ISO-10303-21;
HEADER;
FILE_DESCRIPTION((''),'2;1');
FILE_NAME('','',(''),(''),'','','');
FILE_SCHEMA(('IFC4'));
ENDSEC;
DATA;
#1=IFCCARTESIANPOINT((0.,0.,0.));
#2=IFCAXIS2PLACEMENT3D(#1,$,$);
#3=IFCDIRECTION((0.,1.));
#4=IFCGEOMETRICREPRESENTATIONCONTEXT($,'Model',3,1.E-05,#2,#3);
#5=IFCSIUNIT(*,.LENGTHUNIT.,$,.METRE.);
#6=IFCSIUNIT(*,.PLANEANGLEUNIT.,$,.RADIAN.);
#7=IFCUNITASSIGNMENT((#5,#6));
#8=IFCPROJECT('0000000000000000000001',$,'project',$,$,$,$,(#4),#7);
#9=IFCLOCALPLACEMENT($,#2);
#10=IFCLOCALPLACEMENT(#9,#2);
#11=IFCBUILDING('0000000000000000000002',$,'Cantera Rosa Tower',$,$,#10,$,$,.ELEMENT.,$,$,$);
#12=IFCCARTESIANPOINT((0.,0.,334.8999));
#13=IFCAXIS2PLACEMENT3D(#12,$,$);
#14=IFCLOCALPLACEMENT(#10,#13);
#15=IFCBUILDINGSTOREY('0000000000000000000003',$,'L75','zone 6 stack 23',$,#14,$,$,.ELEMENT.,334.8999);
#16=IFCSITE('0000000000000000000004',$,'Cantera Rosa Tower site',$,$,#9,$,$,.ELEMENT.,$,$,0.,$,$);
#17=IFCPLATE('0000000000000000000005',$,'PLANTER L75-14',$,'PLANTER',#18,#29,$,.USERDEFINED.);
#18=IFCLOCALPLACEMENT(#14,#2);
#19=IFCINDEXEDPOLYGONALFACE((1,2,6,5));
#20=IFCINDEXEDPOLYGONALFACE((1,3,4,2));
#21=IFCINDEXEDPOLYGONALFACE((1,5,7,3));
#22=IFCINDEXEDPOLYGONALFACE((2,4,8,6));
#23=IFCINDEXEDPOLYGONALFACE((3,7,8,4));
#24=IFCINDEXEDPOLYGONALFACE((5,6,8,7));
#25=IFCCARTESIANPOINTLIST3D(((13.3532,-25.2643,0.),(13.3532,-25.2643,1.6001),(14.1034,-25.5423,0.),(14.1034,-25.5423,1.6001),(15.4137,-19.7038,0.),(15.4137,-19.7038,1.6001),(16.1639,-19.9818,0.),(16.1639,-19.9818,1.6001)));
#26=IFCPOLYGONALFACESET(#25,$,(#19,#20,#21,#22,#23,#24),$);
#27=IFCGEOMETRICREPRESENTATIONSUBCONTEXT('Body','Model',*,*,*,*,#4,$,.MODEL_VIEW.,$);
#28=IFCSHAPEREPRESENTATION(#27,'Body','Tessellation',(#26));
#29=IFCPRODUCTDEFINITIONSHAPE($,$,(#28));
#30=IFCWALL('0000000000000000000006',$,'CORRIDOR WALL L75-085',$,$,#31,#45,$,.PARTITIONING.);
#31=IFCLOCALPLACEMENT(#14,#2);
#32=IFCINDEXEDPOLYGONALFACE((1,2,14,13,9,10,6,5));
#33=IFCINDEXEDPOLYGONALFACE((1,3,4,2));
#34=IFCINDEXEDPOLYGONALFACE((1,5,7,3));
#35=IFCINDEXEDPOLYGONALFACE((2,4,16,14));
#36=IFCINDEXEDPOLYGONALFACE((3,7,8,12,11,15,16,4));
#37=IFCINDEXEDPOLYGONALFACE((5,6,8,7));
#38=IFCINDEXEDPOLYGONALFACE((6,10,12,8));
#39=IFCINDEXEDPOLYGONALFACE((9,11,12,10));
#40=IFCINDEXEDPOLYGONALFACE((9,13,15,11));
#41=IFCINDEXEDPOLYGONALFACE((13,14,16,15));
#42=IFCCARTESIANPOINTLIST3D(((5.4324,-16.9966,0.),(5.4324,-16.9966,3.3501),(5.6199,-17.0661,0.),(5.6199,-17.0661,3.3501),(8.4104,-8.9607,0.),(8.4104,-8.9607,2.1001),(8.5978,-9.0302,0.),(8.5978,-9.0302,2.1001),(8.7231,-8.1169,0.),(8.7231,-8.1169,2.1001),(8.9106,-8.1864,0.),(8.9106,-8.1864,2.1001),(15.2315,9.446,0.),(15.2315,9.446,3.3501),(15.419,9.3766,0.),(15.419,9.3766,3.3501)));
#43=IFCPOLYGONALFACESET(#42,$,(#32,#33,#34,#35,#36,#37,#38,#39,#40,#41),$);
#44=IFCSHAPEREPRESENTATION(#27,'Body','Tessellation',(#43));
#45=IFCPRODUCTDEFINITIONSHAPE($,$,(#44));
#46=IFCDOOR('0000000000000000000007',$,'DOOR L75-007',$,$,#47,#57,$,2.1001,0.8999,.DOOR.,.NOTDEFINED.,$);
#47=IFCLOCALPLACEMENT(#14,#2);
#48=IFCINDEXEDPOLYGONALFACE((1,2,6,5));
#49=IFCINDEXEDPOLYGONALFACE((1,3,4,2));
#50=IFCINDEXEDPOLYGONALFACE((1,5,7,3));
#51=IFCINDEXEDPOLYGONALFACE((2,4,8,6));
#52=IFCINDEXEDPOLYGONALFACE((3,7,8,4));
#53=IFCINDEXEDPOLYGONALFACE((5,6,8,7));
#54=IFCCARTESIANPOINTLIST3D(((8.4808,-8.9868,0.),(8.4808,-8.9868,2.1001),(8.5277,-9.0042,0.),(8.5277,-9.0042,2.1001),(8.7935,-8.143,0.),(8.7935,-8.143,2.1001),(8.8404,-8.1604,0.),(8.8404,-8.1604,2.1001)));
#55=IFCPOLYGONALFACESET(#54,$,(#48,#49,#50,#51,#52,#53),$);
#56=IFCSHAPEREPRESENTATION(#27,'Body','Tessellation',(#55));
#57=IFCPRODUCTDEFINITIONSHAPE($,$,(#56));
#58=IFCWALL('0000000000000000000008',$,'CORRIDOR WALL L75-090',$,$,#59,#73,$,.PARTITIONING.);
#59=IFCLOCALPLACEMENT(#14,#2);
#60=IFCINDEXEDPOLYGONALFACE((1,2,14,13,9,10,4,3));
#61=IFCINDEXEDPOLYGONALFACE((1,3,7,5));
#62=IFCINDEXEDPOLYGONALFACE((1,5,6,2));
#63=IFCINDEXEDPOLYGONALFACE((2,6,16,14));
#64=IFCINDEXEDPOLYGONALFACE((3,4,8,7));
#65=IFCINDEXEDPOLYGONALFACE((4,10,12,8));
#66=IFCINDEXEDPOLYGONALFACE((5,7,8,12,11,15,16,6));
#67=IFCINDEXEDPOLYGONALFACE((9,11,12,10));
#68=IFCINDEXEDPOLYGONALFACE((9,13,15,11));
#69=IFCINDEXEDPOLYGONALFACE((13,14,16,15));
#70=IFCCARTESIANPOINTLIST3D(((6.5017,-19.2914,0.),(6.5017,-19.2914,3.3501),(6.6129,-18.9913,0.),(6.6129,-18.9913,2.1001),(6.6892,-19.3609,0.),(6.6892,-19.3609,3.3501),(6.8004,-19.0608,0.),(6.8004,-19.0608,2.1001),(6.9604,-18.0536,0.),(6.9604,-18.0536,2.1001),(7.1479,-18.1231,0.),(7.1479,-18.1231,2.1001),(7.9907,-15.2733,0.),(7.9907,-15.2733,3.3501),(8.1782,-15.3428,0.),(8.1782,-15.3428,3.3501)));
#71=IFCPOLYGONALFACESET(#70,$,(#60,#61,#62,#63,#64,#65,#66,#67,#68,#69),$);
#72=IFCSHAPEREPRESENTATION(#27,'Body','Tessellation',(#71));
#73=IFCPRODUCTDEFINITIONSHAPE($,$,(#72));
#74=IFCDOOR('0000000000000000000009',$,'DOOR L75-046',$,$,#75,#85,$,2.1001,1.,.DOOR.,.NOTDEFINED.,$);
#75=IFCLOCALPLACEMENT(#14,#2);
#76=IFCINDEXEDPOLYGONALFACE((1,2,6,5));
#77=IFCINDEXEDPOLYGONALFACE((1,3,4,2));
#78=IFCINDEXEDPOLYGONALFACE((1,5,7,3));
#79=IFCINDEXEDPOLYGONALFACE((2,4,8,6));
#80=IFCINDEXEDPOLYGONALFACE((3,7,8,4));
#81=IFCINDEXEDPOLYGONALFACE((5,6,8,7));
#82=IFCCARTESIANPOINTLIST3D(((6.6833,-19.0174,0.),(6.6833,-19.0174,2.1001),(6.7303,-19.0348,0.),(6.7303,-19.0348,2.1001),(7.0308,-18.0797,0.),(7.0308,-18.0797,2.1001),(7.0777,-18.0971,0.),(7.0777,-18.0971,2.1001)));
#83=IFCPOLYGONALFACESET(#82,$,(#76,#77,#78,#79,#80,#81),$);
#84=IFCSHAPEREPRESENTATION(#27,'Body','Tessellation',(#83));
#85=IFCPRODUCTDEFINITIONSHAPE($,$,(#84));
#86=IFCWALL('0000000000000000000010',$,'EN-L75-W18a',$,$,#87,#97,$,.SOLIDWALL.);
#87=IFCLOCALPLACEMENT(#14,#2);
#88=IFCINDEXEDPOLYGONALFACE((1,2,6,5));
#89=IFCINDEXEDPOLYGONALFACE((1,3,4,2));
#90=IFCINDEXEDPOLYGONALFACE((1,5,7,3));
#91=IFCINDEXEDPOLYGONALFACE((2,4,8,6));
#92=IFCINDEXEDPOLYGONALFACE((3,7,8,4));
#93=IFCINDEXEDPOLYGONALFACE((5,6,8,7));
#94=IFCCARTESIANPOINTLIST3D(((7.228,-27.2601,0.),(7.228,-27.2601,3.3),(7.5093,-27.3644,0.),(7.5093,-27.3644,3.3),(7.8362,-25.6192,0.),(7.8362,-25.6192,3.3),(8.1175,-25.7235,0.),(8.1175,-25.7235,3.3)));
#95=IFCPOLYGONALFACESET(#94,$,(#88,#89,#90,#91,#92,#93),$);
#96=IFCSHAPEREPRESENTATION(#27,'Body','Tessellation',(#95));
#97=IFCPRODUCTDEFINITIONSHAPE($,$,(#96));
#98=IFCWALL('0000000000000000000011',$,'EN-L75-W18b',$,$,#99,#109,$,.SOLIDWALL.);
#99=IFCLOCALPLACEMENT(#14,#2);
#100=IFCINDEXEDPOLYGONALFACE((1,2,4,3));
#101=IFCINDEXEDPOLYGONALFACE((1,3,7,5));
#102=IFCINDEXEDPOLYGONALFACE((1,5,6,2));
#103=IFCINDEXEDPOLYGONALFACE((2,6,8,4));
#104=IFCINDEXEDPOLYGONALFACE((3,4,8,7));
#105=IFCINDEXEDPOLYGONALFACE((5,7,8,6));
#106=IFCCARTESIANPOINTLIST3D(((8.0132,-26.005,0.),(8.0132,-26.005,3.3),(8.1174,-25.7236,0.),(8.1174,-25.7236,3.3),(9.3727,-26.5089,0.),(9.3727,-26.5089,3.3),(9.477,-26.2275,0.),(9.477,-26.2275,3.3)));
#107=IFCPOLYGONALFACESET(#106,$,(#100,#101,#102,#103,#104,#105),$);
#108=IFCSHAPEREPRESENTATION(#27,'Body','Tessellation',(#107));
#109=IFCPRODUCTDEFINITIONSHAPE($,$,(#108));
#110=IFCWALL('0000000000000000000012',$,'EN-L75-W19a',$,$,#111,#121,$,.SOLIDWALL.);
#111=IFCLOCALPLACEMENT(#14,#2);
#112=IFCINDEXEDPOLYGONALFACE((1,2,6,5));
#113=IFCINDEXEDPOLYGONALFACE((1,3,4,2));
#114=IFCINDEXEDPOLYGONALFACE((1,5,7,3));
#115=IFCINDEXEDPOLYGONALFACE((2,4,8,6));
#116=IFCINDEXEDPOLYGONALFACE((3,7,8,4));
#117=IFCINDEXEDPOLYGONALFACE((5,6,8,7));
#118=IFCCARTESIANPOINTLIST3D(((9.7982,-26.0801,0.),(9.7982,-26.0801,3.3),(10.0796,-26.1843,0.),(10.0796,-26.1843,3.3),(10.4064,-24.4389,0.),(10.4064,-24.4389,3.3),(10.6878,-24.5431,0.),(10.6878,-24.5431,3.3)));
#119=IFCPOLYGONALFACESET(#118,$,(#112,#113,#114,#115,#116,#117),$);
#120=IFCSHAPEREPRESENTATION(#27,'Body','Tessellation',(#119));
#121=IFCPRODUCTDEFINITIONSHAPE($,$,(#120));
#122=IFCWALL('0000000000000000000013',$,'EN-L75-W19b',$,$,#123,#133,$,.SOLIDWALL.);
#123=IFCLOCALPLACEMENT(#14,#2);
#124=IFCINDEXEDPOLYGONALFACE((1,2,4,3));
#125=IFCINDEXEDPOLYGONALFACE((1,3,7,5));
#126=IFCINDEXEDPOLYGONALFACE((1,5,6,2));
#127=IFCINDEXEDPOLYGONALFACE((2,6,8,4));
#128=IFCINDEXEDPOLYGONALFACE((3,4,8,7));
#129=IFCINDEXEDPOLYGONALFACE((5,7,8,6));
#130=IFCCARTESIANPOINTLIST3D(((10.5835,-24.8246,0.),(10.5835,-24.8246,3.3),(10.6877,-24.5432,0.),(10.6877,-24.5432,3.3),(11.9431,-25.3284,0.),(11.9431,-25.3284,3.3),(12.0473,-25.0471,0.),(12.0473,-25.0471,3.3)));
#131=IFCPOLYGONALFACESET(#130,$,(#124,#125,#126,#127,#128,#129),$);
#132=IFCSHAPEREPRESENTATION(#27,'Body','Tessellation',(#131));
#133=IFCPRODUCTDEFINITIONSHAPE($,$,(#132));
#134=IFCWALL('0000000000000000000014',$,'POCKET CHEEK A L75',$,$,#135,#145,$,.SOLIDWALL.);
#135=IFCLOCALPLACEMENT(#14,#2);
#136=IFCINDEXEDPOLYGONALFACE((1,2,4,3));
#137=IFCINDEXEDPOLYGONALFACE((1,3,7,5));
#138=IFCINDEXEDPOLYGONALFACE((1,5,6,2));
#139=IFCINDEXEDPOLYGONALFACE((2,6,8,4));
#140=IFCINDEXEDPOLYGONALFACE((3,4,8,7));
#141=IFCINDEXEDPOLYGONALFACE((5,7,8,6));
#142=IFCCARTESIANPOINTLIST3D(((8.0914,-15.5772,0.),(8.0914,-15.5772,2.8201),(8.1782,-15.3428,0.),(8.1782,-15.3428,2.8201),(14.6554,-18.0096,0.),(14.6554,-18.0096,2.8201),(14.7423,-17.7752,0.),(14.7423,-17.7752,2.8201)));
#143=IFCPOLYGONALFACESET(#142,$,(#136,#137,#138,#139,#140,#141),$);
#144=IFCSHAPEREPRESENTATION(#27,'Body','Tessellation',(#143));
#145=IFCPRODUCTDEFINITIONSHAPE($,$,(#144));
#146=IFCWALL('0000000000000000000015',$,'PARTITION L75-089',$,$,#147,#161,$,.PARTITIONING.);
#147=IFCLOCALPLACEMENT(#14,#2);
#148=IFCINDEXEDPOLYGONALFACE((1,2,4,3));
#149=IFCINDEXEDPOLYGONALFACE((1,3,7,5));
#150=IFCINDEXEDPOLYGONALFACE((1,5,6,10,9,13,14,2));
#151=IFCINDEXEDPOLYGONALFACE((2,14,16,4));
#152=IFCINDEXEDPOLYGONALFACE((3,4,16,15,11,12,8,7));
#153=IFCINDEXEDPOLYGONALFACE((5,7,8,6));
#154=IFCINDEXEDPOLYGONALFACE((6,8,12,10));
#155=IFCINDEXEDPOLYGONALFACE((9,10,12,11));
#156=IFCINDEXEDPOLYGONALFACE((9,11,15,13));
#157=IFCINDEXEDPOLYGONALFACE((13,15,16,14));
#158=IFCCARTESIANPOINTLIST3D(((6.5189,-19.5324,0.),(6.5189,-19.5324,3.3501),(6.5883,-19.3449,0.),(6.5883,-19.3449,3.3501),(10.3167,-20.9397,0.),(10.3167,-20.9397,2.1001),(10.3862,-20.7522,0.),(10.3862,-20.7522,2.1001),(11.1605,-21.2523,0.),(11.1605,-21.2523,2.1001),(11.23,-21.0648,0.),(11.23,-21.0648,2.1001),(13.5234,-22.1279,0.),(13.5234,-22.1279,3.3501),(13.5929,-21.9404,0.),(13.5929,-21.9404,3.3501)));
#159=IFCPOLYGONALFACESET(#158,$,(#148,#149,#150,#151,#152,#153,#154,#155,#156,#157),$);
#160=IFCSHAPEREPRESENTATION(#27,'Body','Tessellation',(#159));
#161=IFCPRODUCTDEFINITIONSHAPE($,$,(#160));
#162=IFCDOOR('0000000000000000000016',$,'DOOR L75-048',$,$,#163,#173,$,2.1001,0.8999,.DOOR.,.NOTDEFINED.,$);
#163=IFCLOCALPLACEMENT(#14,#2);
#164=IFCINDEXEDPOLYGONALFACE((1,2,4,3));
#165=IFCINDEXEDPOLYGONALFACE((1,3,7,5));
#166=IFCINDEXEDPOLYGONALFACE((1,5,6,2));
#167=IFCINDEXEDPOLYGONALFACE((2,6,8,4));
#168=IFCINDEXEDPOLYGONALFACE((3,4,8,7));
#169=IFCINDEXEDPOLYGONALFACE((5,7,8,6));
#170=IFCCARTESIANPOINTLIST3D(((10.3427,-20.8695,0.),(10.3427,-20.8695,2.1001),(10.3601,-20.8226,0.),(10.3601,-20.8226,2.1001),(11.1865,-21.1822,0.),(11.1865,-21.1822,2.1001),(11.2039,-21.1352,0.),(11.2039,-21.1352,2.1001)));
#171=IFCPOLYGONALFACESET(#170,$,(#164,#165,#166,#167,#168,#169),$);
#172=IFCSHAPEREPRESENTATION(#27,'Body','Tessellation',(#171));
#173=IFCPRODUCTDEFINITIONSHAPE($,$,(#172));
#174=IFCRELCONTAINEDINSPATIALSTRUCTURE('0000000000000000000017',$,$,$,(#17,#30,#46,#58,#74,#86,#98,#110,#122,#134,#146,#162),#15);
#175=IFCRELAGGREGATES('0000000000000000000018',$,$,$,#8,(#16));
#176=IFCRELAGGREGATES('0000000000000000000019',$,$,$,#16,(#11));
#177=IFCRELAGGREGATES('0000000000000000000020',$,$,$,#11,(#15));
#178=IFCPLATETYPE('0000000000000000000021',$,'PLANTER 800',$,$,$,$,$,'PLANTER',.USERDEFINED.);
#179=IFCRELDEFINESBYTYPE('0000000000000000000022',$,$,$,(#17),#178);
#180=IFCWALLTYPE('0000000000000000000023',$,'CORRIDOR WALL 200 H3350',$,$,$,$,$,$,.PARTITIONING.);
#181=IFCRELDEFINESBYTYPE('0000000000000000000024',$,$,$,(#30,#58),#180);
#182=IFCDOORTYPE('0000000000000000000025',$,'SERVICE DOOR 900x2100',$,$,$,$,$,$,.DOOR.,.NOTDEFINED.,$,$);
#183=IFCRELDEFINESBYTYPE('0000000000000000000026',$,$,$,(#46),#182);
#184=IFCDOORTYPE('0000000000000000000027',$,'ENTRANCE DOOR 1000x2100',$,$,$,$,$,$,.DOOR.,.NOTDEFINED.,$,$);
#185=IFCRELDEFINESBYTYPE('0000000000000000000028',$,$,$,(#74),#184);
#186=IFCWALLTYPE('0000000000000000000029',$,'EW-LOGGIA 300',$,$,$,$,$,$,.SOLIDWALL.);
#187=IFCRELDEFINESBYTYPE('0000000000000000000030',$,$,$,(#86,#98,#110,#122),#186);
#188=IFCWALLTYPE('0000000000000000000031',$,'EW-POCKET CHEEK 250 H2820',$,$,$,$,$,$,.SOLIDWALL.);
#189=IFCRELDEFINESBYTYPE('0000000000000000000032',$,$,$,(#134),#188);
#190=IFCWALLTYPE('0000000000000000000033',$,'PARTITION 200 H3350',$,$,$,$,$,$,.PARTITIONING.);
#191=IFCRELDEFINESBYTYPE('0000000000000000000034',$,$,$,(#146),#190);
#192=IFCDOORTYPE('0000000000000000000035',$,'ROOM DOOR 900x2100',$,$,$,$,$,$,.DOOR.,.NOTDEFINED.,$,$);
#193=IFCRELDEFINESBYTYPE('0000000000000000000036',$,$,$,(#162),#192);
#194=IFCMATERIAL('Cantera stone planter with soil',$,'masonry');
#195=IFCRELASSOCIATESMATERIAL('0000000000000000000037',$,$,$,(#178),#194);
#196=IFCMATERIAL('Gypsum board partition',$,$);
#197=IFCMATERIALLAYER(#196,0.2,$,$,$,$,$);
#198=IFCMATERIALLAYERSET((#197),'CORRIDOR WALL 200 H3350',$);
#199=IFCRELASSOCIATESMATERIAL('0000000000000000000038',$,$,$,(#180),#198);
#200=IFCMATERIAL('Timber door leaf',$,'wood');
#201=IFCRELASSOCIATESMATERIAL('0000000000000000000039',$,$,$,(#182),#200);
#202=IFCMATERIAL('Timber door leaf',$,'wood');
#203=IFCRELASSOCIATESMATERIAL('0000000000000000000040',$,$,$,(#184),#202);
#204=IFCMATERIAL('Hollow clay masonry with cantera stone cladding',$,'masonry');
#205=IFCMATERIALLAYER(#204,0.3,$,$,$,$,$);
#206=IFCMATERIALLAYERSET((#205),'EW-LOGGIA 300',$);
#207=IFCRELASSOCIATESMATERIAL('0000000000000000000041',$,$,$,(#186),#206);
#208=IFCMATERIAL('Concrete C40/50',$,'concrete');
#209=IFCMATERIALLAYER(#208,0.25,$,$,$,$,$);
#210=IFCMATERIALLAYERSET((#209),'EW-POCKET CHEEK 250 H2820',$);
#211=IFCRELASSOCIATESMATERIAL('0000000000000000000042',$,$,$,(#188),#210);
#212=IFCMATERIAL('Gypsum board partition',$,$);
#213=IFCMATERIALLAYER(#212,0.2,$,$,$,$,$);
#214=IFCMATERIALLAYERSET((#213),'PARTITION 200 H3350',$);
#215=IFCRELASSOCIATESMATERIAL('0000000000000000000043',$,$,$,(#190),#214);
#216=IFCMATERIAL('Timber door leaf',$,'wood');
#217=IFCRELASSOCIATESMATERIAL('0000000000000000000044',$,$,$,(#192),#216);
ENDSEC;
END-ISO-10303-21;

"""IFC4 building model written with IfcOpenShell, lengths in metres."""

from ifc_helpers import new_model, si_unit, direction, frame, frame_2d, origin, origin_2d, place, context, subcontext, project, spatial, rectangle, extrude, material, layer, layer_set, type_object, element, fill, save


model = new_model("IFC4")

# Units and contexts
model_context = context("Model", 3, precision=1e-05, world=origin(), true_north=direction((0.0, 1.0)))
body_context = subcontext(model_context, "Body", "Model", "MODEL_VIEW")
ifc_project = project(units=[si_unit("LENGTHUNIT", "METRE"), si_unit("PLANEANGLEUNIT", "RADIAN")], contexts=[model_context])

# Site, building, storey
site_placement = place(None, origin())
site = spatial("IfcSite", under=ifc_project, at=site_placement, Name="Cantera Rosa Tower site", CompositionType="ELEMENT", RefElevation=0.0)
building_placement = place(site_placement, origin())
building = spatial("IfcBuilding", under=site, at=building_placement, Name="Cantera Rosa Tower", CompositionType="ELEMENT")
storey_placement = place(building_placement, frame((0.0, 0.0, 334.8999)))
storey = spatial("IfcBuildingStorey", under=building, at=storey_placement, Name="L75", Description="zone 6 stack 23", CompositionType="ELEMENT", Elevation=334.8999)

# Plate
ifc_material_1 = material(Name="Cantera stone planter with soil", Category="masonry")
plate_type = type_object("IfcPlateType", Name="PLANTER 800", ElementType="PLANTER", PredefinedType="USERDEFINED", material=ifc_material_1)
plate_placement = place(storey_placement, frame((14.7585, -22.623, 0.0), z_axis=(0.0, 0.0, 1.0), x_axis=(0.347481, 0.937687, 0.0)))
element("IfcPlate", 1, at=plate_placement, inside=storey, type_object=plate_type, Name="PLANTER L75-14", ObjectType="PLANTER", PredefinedType="USERDEFINED", context=body_context, shape_type="SweptSolid", body=[
    extrude(rectangle(XDim=5.9299, YDim=0.8, at=origin_2d()), origin(), (0.0, 0.0, 1.0), 1.6001),
])

# Walls, openings, doors
ifc_material_2 = material(Name="Gypsum board partition")
ifc_layer_1 = layer(ifc_material_2, 0.2)
ifc_layer_set_1 = layer_set([ifc_layer_1], Name="CORRIDOR WALL 200 H3350")
wall_type_1 = type_object("IfcWallType", Name="CORRIDOR WALL 200 H3350", PredefinedType="PARTITIONING", material=ifc_layer_set_1)
wall_1_placement = place(storey_placement, frame((5.5261, -17.0315, 0.0), z_axis=(0.0, 0.0, 1.0), x_axis=(0.347486, 0.937685, 0.0)))
wall_1 = element("IfcWall", 2, at=wall_1_placement, inside=storey, type_object=wall_type_1, Name="CORRIDOR WALL L75-085", PredefinedType="PARTITIONING", context=body_context, shape_type="SweptSolid", body=[
    extrude(rectangle(XDim=28.2, YDim=0.2, at=frame_2d((14.1001, 0.0))), origin(), (0.0, 0.0, 1.0), 3.3501),
])
opening_1_placement = place(wall_1_placement, frame((8.5701, 0.0, 0.0)))
opening_1 = element("IfcOpeningElement", 3, at=opening_1_placement, cuts=wall_1, PredefinedType="OPENING", context=body_context, shape_type="SweptSolid", body=[
    extrude(rectangle(XDim=0.8999, YDim=2.1001, at=frame_2d((0.45, 1.05))), frame((0.0, 0.1099, 0.0), z_axis=(0.0, -1.0, 0.0), x_axis=(1.0, 0.0, 0.0)), (0.0, 0.0, 1.0), 0.22),
])
ifc_material_3 = material(Name="Timber door leaf", Category="wood")
door_type_1 = type_object("IfcDoorType", Name="SERVICE DOOR 900x2100", OperationType="NOTDEFINED", PredefinedType="DOOR", material=ifc_material_3)
door_1_placement = place(opening_1_placement, origin())
door_1 = element("IfcDoor", 4, at=door_1_placement, inside=storey, type_object=door_type_1, Name="DOOR L75-007", OperationType="NOTDEFINED", OverallHeight=2.1001, OverallWidth=0.8999, PredefinedType="DOOR", context=body_context, shape_type="SweptSolid", body=[
    extrude(rectangle(XDim=0.8999, YDim=2.1001, at=frame_2d((0.45, 1.05))), frame((0.0, 0.0249, 0.0), z_axis=(0.0, -1.0, 0.0), x_axis=(1.0, 0.0, 0.0)), (0.0, 0.0, 1.0), 0.05),
])
fill(opening_1, door_1)
wall_2_placement = place(storey_placement, frame((6.5955, -19.3262, 0.0), z_axis=(0.0, 0.0, 1.0), x_axis=(0.347487, 0.937685, 0.0)))
wall_2 = element("IfcWall", 5, at=wall_2_placement, inside=storey, type_object=wall_type_1, Name="CORRIDOR WALL L75-090", PredefinedType="PARTITIONING", context=body_context, shape_type="SweptSolid", body=[
    extrude(rectangle(XDim=4.2852, YDim=0.2, at=frame_2d((2.1426, 0.0))), origin(), (0.0, 0.0, 1.0), 3.3501),
])
opening_2_placement = place(wall_2_placement, frame((0.3201, 0.0, 0.0)))
opening_2 = element("IfcOpeningElement", 6, at=opening_2_placement, cuts=wall_2, PredefinedType="OPENING", context=body_context, shape_type="SweptSolid", body=[
    extrude(rectangle(XDim=1.0, YDim=2.1001, at=frame_2d((0.5, 1.05))), frame((0.0, 0.1099, 0.0), z_axis=(0.0, -1.0, 0.0), x_axis=(1.0, 0.0, 0.0)), (0.0, 0.0, 1.0), 0.22),
])
ifc_material_4 = material(Name="Timber door leaf", Category="wood")
door_type_2 = type_object("IfcDoorType", Name="ENTRANCE DOOR 1000x2100", OperationType="NOTDEFINED", PredefinedType="DOOR", material=ifc_material_4)
door_2_placement = place(opening_2_placement, origin())
door_2 = element("IfcDoor", 7, at=door_2_placement, inside=storey, type_object=door_type_2, Name="DOOR L75-046", OperationType="NOTDEFINED", OverallHeight=2.1001, OverallWidth=1.0, PredefinedType="DOOR", context=body_context, shape_type="SweptSolid", body=[
    extrude(rectangle(XDim=1.0, YDim=2.1001, at=frame_2d((0.5, 1.05))), frame((0.0, 0.0249, 0.0), z_axis=(0.0, -1.0, 0.0), x_axis=(1.0, 0.0, 0.0)), (0.0, 0.0, 1.0), 0.05),
])
fill(opening_2, door_2)

# Walls
ifc_material_5 = material(Name="Hollow clay masonry with cantera stone cladding", Category="masonry")
ifc_layer_2 = layer(ifc_material_5, 0.3)
ifc_layer_set_2 = layer_set([ifc_layer_2], Name="EW-LOGGIA 300")
wall_type_2 = type_object("IfcWallType", Name="EW-LOGGIA 300", PredefinedType="SOLIDWALL", material=ifc_layer_set_2)
wall_3_placement = place(storey_placement, frame((7.3687, -27.3123, 0.0), z_axis=(0.0, 0.0, 1.0), x_axis=(0.347528, 0.93767, 0.0)))
element("IfcWall", 8, at=wall_3_placement, inside=storey, type_object=wall_type_2, Name="EN-L75-W18a", PredefinedType="SOLIDWALL", context=body_context, shape_type="SweptSolid", body=[
    extrude(rectangle(XDim=1.75, YDim=0.3, at=frame_2d((0.875, 0.0))), origin(), (0.0, 0.0, 1.0), 3.3),
])
wall_4_placement = place(storey_placement, frame((8.0652, -25.8643, 0.0), z_axis=(0.0, 0.0, 1.0), x_axis=(0.937672, -0.347523, 0.0)))
element("IfcWall", 9, at=wall_4_placement, inside=storey, type_object=wall_type_2, Name="EN-L75-W18b", PredefinedType="SOLIDWALL", context=body_context, shape_type="SweptSolid", body=[
    extrude(rectangle(XDim=1.45, YDim=0.3, at=frame_2d((0.7251, 0.0))), origin(), (0.0, 0.0, 1.0), 3.3),
])
wall_5_placement = place(storey_placement, frame((9.939, -26.1321, 0.0), z_axis=(0.0, 0.0, 1.0), x_axis=(0.347482, 0.937686, 0.0)))
element("IfcWall", 10, at=wall_5_placement, inside=storey, type_object=wall_type_2, Name="EN-L75-W19a", PredefinedType="SOLIDWALL", context=body_context, shape_type="SweptSolid", body=[
    extrude(rectangle(XDim=1.7502, YDim=0.3, at=frame_2d((0.875, 0.0))), origin(), (0.0, 0.0, 1.0), 3.3),
])
wall_6_placement = place(storey_placement, frame((10.6355, -24.6838, 0.0), z_axis=(0.0, 0.0, 1.0), x_axis=(0.937672, -0.347523, 0.0)))
element("IfcWall", 11, at=wall_6_placement, inside=storey, type_object=wall_type_2, Name="EN-L75-W19b", PredefinedType="SOLIDWALL", context=body_context, shape_type="SweptSolid", body=[
    extrude(rectangle(XDim=1.45, YDim=0.3, at=frame_2d((0.7251, 0.0))), origin(), (0.0, 0.0, 1.0), 3.3),
])

# Wall
ifc_material_6 = material(Name="Concrete C40/50", Category="concrete")
ifc_layer_3 = layer(ifc_material_6, 0.25)
ifc_layer_set_3 = layer_set([ifc_layer_3], Name="EW-POCKET CHEEK 250 H2820")
wall_type_3 = type_object("IfcWallType", Name="EW-POCKET CHEEK 250 H2820", PredefinedType="SOLIDWALL", material=ifc_layer_set_3)
wall_7_placement = place(storey_placement, frame((14.6987, -17.8923, 0.0), z_axis=(0.0, 0.0, 1.0), x_axis=(-0.937689, 0.347475, 0.0)))
element("IfcWall", 12, at=wall_7_placement, inside=storey, type_object=wall_type_3, Name="POCKET CHEEK A L75", PredefinedType="SOLIDWALL", context=body_context, shape_type="SweptSolid", body=[
    extrude(rectangle(XDim=7.0002, YDim=0.25, at=frame_2d((3.5, 0.0))), origin(), (0.0, 0.0, 1.0), 2.8201),
])

# Wall, opening, door
ifc_material_7 = material(Name="Gypsum board partition")
ifc_layer_4 = layer(ifc_material_7, 0.2)
ifc_layer_set_4 = layer_set([ifc_layer_4], Name="PARTITION 200 H3350")
wall_type_4 = type_object("IfcWallType", Name="PARTITION 200 H3350", PredefinedType="PARTITIONING", material=ifc_layer_set_4)
wall_8_placement = place(storey_placement, frame((6.5537, -19.4387, 0.0), z_axis=(0.0, 0.0, 1.0), x_axis=(0.937699, -0.34745, 0.0)))
wall_8 = element("IfcWall", 13, at=wall_8_placement, inside=storey, type_object=wall_type_4, Name="PARTITION L75-089", PredefinedType="PARTITIONING", context=body_context, shape_type="SweptSolid", body=[
    extrude(rectangle(XDim=7.47, YDim=0.2, at=frame_2d((3.7349, 0.0))), origin(), (0.0, 0.0, 1.0), 3.3501),
])
opening_3_placement = place(wall_8_placement, frame((4.05, 0.0, 0.0)))
opening_3 = element("IfcOpeningElement", 14, at=opening_3_placement, cuts=wall_8, PredefinedType="OPENING", context=body_context, shape_type="SweptSolid", body=[
    extrude(rectangle(XDim=0.8999, YDim=2.1001, at=frame_2d((0.45, 1.05))), frame((0.0, 0.1099, 0.0), z_axis=(0.0, -1.0, 0.0), x_axis=(1.0, 0.0, 0.0)), (0.0, 0.0, 1.0), 0.22),
])
ifc_material_8 = material(Name="Timber door leaf", Category="wood")
door_type_3 = type_object("IfcDoorType", Name="ROOM DOOR 900x2100", OperationType="NOTDEFINED", PredefinedType="DOOR", material=ifc_material_8)
door_3_placement = place(opening_3_placement, origin())
door_3 = element("IfcDoor", 15, at=door_3_placement, inside=storey, type_object=door_type_3, Name="DOOR L75-048", OperationType="NOTDEFINED", OverallHeight=2.1001, OverallWidth=0.8999, PredefinedType="DOOR", context=body_context, shape_type="SweptSolid", body=[
    extrude(rectangle(XDim=0.8999, YDim=2.1001, at=frame_2d((0.45, 1.05))), frame((0.0, 0.0249, 0.0), z_axis=(0.0, -1.0, 0.0), x_axis=(1.0, 0.0, 0.0)), (0.0, 0.0, 1.0), 0.05),
])
fill(opening_3, door_3)

save(model, "model.ifc")
